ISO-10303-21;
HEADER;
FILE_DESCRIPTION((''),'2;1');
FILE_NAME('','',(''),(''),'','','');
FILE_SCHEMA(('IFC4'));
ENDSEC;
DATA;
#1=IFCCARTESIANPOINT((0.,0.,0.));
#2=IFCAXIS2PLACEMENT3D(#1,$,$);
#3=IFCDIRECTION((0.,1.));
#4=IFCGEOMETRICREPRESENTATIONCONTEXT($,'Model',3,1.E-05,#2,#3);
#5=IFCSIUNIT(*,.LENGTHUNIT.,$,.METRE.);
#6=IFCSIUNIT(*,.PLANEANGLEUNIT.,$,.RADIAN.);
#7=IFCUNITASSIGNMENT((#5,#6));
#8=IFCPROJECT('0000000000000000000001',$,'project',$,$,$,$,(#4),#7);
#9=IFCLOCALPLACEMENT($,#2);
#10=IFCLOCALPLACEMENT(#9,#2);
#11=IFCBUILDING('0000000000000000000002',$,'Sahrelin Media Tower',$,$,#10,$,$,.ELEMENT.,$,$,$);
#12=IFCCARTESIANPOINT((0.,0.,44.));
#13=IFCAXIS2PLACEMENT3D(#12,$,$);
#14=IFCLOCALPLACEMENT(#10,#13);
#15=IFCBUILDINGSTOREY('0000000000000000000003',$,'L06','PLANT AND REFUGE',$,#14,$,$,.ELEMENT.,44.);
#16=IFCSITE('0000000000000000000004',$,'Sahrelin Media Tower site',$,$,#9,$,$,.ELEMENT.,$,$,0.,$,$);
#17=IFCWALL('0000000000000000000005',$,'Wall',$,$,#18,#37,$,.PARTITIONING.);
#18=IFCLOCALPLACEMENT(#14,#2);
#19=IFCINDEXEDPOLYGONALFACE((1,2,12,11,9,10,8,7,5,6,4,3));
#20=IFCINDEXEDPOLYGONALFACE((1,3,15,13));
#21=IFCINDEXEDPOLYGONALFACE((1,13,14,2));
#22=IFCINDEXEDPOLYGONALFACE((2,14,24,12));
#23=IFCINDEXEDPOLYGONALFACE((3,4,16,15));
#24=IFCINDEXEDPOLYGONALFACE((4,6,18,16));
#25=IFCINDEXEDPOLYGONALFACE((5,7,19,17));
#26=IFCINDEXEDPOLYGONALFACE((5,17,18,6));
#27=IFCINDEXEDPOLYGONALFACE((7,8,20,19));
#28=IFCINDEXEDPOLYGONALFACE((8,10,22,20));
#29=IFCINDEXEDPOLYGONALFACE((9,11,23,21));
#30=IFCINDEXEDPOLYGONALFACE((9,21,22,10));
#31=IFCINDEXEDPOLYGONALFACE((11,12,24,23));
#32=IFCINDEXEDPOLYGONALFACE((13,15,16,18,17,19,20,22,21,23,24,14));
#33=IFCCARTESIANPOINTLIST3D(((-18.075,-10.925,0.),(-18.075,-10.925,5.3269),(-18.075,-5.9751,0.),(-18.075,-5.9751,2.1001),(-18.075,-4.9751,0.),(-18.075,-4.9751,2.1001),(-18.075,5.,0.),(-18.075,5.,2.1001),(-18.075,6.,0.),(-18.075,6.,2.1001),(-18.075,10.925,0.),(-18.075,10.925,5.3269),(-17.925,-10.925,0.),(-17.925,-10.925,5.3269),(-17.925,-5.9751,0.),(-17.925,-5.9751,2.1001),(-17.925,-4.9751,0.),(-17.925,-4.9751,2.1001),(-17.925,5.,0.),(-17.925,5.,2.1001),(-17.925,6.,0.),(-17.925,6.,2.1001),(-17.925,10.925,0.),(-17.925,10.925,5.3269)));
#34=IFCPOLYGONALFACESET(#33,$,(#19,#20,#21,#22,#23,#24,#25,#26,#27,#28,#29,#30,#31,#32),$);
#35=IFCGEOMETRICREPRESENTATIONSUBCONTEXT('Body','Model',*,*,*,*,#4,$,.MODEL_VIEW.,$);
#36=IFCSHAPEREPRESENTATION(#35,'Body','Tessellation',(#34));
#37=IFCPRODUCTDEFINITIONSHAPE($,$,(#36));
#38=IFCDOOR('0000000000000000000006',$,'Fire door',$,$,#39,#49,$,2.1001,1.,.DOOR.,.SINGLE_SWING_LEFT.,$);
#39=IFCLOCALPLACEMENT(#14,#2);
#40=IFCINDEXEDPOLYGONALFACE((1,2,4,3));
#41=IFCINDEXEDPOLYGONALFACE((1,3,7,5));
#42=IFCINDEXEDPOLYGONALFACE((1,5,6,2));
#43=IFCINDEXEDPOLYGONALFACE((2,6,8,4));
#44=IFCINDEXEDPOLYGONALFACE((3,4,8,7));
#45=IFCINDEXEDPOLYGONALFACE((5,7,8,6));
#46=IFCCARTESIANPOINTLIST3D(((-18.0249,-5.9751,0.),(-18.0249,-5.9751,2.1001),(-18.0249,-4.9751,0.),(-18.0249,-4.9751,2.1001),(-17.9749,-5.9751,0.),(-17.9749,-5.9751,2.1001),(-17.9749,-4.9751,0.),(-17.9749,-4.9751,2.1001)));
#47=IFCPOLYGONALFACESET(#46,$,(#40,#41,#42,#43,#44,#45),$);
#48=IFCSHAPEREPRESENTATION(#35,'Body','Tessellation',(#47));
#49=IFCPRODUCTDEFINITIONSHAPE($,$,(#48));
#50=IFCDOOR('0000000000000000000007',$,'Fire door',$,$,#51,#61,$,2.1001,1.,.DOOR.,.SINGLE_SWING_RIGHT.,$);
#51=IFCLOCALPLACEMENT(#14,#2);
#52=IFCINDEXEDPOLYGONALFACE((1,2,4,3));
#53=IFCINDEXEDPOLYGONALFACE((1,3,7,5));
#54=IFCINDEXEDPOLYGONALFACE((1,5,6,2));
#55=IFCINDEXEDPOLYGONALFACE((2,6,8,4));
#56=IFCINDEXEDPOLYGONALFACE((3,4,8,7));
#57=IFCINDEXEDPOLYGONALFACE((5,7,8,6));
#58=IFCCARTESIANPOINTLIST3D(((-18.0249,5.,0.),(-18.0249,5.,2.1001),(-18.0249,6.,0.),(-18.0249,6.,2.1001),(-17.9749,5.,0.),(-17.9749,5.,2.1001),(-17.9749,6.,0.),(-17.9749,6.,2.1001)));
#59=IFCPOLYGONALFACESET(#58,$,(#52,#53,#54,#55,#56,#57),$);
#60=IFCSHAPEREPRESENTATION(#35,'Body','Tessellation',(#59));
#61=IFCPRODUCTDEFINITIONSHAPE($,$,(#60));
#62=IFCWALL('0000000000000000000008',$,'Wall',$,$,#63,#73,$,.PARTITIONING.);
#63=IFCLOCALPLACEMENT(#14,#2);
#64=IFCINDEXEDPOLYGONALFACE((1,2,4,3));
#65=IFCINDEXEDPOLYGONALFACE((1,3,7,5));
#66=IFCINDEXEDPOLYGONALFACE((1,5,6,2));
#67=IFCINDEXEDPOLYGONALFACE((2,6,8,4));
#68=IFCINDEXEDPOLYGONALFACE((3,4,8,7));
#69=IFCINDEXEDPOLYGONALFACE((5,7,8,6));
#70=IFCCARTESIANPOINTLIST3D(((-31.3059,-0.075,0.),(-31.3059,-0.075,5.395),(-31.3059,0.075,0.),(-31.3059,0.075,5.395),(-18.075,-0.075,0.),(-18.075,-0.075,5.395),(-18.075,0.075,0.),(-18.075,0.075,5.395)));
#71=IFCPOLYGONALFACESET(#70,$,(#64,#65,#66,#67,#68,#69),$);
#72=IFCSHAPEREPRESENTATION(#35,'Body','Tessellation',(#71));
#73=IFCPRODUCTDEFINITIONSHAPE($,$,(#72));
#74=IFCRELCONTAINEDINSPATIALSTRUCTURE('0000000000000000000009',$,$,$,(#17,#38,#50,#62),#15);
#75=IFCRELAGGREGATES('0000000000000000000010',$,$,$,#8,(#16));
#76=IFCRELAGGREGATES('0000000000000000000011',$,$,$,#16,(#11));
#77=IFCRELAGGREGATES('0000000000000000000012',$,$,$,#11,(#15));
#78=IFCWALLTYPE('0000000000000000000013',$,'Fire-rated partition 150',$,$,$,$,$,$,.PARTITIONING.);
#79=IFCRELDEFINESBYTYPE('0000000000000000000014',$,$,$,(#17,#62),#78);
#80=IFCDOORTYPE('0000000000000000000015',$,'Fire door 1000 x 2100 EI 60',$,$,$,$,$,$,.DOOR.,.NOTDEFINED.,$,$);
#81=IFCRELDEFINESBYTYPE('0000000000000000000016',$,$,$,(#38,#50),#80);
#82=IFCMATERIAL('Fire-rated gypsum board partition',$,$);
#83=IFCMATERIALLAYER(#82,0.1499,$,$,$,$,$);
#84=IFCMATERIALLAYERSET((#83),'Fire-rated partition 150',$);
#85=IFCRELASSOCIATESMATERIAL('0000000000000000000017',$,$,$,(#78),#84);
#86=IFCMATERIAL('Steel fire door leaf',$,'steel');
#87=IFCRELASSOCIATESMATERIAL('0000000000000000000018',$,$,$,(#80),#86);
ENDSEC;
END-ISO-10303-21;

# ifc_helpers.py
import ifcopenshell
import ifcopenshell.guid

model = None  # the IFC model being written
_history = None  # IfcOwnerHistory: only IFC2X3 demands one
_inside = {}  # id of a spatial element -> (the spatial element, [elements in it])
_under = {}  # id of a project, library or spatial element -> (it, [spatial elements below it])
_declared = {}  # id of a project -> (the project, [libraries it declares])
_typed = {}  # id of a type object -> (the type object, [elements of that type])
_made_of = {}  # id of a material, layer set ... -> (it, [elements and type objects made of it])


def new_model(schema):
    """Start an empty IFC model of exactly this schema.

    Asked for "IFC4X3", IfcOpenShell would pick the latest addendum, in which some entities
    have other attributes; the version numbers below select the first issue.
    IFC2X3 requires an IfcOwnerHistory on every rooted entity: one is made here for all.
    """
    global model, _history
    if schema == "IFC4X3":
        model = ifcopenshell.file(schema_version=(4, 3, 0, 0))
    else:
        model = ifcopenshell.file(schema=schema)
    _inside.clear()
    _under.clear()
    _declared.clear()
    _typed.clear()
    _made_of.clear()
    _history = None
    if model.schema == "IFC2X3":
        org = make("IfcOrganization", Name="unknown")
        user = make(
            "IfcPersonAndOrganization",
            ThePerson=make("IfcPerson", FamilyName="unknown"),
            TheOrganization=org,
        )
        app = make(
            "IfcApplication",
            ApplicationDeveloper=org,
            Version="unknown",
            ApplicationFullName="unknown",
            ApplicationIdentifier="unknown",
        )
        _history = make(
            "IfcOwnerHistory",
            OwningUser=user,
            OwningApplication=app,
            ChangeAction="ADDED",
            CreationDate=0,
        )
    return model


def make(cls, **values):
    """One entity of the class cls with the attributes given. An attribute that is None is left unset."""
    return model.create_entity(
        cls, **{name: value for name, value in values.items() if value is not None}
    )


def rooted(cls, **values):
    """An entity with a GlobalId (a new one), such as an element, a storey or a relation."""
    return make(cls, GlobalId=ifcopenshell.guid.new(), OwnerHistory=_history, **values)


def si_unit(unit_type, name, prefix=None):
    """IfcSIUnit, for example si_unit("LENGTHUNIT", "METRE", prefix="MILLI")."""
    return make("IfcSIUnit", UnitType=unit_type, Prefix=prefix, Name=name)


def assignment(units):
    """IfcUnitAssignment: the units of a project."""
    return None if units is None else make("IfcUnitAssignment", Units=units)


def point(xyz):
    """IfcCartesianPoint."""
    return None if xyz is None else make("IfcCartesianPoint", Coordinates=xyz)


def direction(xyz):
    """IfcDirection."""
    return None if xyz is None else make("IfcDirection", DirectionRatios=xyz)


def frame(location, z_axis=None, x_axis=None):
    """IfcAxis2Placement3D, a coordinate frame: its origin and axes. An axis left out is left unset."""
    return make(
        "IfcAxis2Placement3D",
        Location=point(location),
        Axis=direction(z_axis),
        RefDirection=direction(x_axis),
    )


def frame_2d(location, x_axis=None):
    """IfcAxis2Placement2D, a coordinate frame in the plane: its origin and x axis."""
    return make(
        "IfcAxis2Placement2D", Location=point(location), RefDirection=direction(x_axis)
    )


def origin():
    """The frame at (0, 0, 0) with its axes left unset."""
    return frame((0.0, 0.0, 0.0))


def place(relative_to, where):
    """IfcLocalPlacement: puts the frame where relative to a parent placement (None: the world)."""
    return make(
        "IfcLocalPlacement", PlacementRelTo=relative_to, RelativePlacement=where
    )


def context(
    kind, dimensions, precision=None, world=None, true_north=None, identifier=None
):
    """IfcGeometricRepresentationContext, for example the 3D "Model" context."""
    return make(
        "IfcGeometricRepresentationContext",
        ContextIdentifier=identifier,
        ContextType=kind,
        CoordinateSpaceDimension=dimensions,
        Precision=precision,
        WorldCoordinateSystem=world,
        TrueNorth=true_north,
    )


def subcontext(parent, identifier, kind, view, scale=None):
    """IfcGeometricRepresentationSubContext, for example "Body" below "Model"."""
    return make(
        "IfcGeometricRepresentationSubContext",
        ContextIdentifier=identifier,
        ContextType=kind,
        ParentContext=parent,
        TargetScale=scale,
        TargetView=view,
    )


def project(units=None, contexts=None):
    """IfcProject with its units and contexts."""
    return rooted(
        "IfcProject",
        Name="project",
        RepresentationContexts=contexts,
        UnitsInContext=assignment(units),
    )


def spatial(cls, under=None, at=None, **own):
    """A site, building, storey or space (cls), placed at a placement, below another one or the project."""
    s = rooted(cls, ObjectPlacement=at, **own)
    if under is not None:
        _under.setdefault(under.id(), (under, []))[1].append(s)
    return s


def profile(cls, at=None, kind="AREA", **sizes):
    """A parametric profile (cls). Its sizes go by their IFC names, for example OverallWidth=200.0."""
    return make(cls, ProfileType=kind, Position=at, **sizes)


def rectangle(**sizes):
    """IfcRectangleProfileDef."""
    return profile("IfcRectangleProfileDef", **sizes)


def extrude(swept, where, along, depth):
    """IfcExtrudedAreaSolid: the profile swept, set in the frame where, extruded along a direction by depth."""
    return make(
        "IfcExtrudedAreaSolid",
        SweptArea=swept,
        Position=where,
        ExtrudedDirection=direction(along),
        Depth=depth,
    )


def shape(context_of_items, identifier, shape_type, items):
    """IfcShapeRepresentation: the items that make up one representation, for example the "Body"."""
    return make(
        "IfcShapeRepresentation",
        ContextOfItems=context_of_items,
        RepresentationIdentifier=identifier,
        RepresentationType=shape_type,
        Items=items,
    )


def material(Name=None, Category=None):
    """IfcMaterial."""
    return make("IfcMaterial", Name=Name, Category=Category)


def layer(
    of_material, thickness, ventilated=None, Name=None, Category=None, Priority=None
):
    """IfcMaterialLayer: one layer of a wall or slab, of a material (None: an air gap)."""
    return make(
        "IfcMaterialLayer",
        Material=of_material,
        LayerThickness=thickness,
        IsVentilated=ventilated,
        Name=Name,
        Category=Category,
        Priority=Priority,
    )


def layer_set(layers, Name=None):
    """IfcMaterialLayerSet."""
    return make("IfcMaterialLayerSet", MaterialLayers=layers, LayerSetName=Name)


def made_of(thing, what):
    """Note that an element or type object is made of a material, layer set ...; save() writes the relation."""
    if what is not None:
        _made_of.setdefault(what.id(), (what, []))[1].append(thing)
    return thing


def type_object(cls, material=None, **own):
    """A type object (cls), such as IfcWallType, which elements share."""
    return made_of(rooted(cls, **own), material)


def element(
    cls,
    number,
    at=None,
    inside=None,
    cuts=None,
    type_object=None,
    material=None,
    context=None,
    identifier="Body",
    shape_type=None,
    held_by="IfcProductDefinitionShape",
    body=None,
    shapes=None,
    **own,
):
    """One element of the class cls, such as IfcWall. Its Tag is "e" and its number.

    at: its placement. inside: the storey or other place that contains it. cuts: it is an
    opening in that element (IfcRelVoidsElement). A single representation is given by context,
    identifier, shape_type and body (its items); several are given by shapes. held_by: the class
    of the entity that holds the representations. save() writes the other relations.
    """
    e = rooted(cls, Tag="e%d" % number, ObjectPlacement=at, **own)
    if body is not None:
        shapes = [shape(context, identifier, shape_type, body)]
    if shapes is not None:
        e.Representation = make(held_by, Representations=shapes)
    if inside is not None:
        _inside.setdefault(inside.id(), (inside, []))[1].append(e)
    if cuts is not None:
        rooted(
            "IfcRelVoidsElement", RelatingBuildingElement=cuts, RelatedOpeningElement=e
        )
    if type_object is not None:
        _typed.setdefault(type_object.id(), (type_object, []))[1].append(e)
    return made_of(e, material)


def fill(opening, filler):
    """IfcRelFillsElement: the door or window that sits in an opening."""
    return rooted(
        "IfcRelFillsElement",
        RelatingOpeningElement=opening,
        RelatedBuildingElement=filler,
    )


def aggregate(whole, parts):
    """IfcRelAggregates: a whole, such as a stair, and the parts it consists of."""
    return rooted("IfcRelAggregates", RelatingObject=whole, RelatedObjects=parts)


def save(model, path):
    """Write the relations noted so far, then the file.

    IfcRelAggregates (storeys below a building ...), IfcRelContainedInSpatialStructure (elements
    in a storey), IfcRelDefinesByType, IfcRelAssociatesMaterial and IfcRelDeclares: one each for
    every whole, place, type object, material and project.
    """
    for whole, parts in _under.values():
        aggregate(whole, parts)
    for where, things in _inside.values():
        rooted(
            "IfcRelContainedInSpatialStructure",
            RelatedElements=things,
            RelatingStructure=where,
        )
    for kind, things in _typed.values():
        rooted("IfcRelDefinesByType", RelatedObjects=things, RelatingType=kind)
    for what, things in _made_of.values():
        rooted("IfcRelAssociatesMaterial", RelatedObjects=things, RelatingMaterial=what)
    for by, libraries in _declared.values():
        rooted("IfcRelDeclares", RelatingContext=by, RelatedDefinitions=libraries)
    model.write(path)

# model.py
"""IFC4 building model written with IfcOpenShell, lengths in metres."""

from ifc_helpers import new_model, si_unit, direction, frame, frame_2d, origin, place, context, subcontext, project, spatial, rectangle, extrude, material, layer, layer_set, type_object, element, fill, save


model = new_model("IFC4")

# Units and contexts
model_context = context("Model", 3, precision=1e-05, world=origin(), true_north=direction((0.0, 1.0)))
body_context = subcontext(model_context, "Body", "Model", "MODEL_VIEW")
ifc_project = project(units=[si_unit("LENGTHUNIT", "METRE"), si_unit("PLANEANGLEUNIT", "RADIAN")], contexts=[model_context])

# Site, building, storey
site_placement = place(None, origin())
site = spatial("IfcSite", under=ifc_project, at=site_placement, Name="Sahrelin Media Tower site", CompositionType="ELEMENT", RefElevation=0.0)
building_placement = place(site_placement, origin())
building = spatial("IfcBuilding", under=site, at=building_placement, Name="Sahrelin Media Tower", CompositionType="ELEMENT")
storey_placement = place(building_placement, frame((0.0, 0.0, 44.0)))
storey = spatial("IfcBuildingStorey", under=building, at=storey_placement, Name="L06", Description="PLANT AND REFUGE", CompositionType="ELEMENT", Elevation=44.0)

# Wall, openings, doors
ifc_material_1 = material(Name="Fire-rated gypsum board partition")
ifc_layer = layer(ifc_material_1, 0.1499)
ifc_layer_set = layer_set([ifc_layer], Name="Fire-rated partition 150")
wall_type = type_object("IfcWallType", Name="Fire-rated partition 150", PredefinedType="PARTITIONING", material=ifc_layer_set)
ifc_material_2 = material(Name="Steel fire door leaf", Category="steel")
door_type_1 = type_object("IfcDoorType", Name="Fire door 1000 x 2100 EI 60", OperationType="NOTDEFINED", PredefinedType="DOOR", material=ifc_material_2)
wall_1_placement = place(storey_placement, frame((-18.0, -10.925, 0.0), z_axis=(0.0, 0.0, 1.0), x_axis=(0.0, 1.0, 0.0)))
wall_1 = element("IfcWall", 1, at=wall_1_placement, inside=storey, type_object=wall_type, Name="Wall", PredefinedType="PARTITIONING", context=body_context, shape_type="SweptSolid", body=[
    extrude(rectangle(XDim=21.8501, YDim=0.1499, at=frame_2d((10.925, 0.0))), origin(), (0.0, 0.0, 1.0), 5.3269),
])
opening_1_placement = place(wall_1_placement, frame((4.95, 0.0, 0.0)))
opening_1 = element("IfcOpeningElement", 2, at=opening_1_placement, cuts=wall_1, PredefinedType="OPENING", context=body_context, shape_type="SweptSolid", body=[
    extrude(rectangle(XDim=1.0, YDim=2.1001, at=frame_2d((0.5, 1.05))), frame((0.0, 0.075, 0.0), z_axis=(0.0, -1.0, 0.0), x_axis=(1.0, 0.0, 0.0)), (0.0, 0.0, 1.0), 0.1499),
])
opening_2_placement = place(wall_1_placement, frame((15.925, 0.0, 0.0)))
opening_2 = element("IfcOpeningElement", 3, at=opening_2_placement, cuts=wall_1, PredefinedType="OPENING", context=body_context, shape_type="SweptSolid", body=[
    extrude(rectangle(XDim=1.0, YDim=2.1001, at=frame_2d((0.5, 1.05))), frame((0.0, 0.075, 0.0), z_axis=(0.0, -1.0, 0.0), x_axis=(1.0, 0.0, 0.0)), (0.0, 0.0, 1.0), 0.1499),
])
door_1_placement = place(opening_1_placement, origin())
door_1 = element("IfcDoor", 4, at=door_1_placement, inside=storey, type_object=door_type_1, Name="Fire door", OperationType="SINGLE_SWING_LEFT", OverallHeight=2.1001, OverallWidth=1.0, PredefinedType="DOOR", context=body_context, shape_type="SweptSolid", body=[
    extrude(rectangle(XDim=1.0, YDim=2.1001, at=frame_2d((0.5, 1.05))), frame((0.0, 0.0249, 0.0), z_axis=(0.0, -1.0, 0.0), x_axis=(1.0, 0.0, 0.0)), (0.0, 0.0, 1.0), 0.05),
])
fill(opening_1, door_1)
door_2_placement = place(opening_2_placement, origin())
door_2 = element("IfcDoor", 5, at=door_2_placement, inside=storey, type_object=door_type_1, Name="Fire door", OperationType="SINGLE_SWING_RIGHT", OverallHeight=2.1001, OverallWidth=1.0, PredefinedType="DOOR", context=body_context, shape_type="SweptSolid", body=[
    extrude(rectangle(XDim=1.0, YDim=2.1001, at=frame_2d((0.5, 1.05))), frame((0.0, 0.0249, 0.0), z_axis=(0.0, -1.0, 0.0), x_axis=(1.0, 0.0, 0.0)), (0.0, 0.0, 1.0), 0.05),
])
fill(opening_2, door_2)

# Wall
wall_2_placement = place(storey_placement, frame((-18.075, 0.0, 0.0), z_axis=(0.0, 0.0, 1.0), x_axis=(-1.0, 0.0, 0.0)))
element("IfcWall", 6, at=wall_2_placement, inside=storey, type_object=wall_type, Name="Wall", PredefinedType="PARTITIONING", context=body_context, shape_type="SweptSolid", body=[
    extrude(rectangle(XDim=13.231, YDim=0.1499, at=frame_2d((6.6155, 0.0))), origin(), (0.0, 0.0, 1.0), 5.395),
])

save(model, "model.ifc")
